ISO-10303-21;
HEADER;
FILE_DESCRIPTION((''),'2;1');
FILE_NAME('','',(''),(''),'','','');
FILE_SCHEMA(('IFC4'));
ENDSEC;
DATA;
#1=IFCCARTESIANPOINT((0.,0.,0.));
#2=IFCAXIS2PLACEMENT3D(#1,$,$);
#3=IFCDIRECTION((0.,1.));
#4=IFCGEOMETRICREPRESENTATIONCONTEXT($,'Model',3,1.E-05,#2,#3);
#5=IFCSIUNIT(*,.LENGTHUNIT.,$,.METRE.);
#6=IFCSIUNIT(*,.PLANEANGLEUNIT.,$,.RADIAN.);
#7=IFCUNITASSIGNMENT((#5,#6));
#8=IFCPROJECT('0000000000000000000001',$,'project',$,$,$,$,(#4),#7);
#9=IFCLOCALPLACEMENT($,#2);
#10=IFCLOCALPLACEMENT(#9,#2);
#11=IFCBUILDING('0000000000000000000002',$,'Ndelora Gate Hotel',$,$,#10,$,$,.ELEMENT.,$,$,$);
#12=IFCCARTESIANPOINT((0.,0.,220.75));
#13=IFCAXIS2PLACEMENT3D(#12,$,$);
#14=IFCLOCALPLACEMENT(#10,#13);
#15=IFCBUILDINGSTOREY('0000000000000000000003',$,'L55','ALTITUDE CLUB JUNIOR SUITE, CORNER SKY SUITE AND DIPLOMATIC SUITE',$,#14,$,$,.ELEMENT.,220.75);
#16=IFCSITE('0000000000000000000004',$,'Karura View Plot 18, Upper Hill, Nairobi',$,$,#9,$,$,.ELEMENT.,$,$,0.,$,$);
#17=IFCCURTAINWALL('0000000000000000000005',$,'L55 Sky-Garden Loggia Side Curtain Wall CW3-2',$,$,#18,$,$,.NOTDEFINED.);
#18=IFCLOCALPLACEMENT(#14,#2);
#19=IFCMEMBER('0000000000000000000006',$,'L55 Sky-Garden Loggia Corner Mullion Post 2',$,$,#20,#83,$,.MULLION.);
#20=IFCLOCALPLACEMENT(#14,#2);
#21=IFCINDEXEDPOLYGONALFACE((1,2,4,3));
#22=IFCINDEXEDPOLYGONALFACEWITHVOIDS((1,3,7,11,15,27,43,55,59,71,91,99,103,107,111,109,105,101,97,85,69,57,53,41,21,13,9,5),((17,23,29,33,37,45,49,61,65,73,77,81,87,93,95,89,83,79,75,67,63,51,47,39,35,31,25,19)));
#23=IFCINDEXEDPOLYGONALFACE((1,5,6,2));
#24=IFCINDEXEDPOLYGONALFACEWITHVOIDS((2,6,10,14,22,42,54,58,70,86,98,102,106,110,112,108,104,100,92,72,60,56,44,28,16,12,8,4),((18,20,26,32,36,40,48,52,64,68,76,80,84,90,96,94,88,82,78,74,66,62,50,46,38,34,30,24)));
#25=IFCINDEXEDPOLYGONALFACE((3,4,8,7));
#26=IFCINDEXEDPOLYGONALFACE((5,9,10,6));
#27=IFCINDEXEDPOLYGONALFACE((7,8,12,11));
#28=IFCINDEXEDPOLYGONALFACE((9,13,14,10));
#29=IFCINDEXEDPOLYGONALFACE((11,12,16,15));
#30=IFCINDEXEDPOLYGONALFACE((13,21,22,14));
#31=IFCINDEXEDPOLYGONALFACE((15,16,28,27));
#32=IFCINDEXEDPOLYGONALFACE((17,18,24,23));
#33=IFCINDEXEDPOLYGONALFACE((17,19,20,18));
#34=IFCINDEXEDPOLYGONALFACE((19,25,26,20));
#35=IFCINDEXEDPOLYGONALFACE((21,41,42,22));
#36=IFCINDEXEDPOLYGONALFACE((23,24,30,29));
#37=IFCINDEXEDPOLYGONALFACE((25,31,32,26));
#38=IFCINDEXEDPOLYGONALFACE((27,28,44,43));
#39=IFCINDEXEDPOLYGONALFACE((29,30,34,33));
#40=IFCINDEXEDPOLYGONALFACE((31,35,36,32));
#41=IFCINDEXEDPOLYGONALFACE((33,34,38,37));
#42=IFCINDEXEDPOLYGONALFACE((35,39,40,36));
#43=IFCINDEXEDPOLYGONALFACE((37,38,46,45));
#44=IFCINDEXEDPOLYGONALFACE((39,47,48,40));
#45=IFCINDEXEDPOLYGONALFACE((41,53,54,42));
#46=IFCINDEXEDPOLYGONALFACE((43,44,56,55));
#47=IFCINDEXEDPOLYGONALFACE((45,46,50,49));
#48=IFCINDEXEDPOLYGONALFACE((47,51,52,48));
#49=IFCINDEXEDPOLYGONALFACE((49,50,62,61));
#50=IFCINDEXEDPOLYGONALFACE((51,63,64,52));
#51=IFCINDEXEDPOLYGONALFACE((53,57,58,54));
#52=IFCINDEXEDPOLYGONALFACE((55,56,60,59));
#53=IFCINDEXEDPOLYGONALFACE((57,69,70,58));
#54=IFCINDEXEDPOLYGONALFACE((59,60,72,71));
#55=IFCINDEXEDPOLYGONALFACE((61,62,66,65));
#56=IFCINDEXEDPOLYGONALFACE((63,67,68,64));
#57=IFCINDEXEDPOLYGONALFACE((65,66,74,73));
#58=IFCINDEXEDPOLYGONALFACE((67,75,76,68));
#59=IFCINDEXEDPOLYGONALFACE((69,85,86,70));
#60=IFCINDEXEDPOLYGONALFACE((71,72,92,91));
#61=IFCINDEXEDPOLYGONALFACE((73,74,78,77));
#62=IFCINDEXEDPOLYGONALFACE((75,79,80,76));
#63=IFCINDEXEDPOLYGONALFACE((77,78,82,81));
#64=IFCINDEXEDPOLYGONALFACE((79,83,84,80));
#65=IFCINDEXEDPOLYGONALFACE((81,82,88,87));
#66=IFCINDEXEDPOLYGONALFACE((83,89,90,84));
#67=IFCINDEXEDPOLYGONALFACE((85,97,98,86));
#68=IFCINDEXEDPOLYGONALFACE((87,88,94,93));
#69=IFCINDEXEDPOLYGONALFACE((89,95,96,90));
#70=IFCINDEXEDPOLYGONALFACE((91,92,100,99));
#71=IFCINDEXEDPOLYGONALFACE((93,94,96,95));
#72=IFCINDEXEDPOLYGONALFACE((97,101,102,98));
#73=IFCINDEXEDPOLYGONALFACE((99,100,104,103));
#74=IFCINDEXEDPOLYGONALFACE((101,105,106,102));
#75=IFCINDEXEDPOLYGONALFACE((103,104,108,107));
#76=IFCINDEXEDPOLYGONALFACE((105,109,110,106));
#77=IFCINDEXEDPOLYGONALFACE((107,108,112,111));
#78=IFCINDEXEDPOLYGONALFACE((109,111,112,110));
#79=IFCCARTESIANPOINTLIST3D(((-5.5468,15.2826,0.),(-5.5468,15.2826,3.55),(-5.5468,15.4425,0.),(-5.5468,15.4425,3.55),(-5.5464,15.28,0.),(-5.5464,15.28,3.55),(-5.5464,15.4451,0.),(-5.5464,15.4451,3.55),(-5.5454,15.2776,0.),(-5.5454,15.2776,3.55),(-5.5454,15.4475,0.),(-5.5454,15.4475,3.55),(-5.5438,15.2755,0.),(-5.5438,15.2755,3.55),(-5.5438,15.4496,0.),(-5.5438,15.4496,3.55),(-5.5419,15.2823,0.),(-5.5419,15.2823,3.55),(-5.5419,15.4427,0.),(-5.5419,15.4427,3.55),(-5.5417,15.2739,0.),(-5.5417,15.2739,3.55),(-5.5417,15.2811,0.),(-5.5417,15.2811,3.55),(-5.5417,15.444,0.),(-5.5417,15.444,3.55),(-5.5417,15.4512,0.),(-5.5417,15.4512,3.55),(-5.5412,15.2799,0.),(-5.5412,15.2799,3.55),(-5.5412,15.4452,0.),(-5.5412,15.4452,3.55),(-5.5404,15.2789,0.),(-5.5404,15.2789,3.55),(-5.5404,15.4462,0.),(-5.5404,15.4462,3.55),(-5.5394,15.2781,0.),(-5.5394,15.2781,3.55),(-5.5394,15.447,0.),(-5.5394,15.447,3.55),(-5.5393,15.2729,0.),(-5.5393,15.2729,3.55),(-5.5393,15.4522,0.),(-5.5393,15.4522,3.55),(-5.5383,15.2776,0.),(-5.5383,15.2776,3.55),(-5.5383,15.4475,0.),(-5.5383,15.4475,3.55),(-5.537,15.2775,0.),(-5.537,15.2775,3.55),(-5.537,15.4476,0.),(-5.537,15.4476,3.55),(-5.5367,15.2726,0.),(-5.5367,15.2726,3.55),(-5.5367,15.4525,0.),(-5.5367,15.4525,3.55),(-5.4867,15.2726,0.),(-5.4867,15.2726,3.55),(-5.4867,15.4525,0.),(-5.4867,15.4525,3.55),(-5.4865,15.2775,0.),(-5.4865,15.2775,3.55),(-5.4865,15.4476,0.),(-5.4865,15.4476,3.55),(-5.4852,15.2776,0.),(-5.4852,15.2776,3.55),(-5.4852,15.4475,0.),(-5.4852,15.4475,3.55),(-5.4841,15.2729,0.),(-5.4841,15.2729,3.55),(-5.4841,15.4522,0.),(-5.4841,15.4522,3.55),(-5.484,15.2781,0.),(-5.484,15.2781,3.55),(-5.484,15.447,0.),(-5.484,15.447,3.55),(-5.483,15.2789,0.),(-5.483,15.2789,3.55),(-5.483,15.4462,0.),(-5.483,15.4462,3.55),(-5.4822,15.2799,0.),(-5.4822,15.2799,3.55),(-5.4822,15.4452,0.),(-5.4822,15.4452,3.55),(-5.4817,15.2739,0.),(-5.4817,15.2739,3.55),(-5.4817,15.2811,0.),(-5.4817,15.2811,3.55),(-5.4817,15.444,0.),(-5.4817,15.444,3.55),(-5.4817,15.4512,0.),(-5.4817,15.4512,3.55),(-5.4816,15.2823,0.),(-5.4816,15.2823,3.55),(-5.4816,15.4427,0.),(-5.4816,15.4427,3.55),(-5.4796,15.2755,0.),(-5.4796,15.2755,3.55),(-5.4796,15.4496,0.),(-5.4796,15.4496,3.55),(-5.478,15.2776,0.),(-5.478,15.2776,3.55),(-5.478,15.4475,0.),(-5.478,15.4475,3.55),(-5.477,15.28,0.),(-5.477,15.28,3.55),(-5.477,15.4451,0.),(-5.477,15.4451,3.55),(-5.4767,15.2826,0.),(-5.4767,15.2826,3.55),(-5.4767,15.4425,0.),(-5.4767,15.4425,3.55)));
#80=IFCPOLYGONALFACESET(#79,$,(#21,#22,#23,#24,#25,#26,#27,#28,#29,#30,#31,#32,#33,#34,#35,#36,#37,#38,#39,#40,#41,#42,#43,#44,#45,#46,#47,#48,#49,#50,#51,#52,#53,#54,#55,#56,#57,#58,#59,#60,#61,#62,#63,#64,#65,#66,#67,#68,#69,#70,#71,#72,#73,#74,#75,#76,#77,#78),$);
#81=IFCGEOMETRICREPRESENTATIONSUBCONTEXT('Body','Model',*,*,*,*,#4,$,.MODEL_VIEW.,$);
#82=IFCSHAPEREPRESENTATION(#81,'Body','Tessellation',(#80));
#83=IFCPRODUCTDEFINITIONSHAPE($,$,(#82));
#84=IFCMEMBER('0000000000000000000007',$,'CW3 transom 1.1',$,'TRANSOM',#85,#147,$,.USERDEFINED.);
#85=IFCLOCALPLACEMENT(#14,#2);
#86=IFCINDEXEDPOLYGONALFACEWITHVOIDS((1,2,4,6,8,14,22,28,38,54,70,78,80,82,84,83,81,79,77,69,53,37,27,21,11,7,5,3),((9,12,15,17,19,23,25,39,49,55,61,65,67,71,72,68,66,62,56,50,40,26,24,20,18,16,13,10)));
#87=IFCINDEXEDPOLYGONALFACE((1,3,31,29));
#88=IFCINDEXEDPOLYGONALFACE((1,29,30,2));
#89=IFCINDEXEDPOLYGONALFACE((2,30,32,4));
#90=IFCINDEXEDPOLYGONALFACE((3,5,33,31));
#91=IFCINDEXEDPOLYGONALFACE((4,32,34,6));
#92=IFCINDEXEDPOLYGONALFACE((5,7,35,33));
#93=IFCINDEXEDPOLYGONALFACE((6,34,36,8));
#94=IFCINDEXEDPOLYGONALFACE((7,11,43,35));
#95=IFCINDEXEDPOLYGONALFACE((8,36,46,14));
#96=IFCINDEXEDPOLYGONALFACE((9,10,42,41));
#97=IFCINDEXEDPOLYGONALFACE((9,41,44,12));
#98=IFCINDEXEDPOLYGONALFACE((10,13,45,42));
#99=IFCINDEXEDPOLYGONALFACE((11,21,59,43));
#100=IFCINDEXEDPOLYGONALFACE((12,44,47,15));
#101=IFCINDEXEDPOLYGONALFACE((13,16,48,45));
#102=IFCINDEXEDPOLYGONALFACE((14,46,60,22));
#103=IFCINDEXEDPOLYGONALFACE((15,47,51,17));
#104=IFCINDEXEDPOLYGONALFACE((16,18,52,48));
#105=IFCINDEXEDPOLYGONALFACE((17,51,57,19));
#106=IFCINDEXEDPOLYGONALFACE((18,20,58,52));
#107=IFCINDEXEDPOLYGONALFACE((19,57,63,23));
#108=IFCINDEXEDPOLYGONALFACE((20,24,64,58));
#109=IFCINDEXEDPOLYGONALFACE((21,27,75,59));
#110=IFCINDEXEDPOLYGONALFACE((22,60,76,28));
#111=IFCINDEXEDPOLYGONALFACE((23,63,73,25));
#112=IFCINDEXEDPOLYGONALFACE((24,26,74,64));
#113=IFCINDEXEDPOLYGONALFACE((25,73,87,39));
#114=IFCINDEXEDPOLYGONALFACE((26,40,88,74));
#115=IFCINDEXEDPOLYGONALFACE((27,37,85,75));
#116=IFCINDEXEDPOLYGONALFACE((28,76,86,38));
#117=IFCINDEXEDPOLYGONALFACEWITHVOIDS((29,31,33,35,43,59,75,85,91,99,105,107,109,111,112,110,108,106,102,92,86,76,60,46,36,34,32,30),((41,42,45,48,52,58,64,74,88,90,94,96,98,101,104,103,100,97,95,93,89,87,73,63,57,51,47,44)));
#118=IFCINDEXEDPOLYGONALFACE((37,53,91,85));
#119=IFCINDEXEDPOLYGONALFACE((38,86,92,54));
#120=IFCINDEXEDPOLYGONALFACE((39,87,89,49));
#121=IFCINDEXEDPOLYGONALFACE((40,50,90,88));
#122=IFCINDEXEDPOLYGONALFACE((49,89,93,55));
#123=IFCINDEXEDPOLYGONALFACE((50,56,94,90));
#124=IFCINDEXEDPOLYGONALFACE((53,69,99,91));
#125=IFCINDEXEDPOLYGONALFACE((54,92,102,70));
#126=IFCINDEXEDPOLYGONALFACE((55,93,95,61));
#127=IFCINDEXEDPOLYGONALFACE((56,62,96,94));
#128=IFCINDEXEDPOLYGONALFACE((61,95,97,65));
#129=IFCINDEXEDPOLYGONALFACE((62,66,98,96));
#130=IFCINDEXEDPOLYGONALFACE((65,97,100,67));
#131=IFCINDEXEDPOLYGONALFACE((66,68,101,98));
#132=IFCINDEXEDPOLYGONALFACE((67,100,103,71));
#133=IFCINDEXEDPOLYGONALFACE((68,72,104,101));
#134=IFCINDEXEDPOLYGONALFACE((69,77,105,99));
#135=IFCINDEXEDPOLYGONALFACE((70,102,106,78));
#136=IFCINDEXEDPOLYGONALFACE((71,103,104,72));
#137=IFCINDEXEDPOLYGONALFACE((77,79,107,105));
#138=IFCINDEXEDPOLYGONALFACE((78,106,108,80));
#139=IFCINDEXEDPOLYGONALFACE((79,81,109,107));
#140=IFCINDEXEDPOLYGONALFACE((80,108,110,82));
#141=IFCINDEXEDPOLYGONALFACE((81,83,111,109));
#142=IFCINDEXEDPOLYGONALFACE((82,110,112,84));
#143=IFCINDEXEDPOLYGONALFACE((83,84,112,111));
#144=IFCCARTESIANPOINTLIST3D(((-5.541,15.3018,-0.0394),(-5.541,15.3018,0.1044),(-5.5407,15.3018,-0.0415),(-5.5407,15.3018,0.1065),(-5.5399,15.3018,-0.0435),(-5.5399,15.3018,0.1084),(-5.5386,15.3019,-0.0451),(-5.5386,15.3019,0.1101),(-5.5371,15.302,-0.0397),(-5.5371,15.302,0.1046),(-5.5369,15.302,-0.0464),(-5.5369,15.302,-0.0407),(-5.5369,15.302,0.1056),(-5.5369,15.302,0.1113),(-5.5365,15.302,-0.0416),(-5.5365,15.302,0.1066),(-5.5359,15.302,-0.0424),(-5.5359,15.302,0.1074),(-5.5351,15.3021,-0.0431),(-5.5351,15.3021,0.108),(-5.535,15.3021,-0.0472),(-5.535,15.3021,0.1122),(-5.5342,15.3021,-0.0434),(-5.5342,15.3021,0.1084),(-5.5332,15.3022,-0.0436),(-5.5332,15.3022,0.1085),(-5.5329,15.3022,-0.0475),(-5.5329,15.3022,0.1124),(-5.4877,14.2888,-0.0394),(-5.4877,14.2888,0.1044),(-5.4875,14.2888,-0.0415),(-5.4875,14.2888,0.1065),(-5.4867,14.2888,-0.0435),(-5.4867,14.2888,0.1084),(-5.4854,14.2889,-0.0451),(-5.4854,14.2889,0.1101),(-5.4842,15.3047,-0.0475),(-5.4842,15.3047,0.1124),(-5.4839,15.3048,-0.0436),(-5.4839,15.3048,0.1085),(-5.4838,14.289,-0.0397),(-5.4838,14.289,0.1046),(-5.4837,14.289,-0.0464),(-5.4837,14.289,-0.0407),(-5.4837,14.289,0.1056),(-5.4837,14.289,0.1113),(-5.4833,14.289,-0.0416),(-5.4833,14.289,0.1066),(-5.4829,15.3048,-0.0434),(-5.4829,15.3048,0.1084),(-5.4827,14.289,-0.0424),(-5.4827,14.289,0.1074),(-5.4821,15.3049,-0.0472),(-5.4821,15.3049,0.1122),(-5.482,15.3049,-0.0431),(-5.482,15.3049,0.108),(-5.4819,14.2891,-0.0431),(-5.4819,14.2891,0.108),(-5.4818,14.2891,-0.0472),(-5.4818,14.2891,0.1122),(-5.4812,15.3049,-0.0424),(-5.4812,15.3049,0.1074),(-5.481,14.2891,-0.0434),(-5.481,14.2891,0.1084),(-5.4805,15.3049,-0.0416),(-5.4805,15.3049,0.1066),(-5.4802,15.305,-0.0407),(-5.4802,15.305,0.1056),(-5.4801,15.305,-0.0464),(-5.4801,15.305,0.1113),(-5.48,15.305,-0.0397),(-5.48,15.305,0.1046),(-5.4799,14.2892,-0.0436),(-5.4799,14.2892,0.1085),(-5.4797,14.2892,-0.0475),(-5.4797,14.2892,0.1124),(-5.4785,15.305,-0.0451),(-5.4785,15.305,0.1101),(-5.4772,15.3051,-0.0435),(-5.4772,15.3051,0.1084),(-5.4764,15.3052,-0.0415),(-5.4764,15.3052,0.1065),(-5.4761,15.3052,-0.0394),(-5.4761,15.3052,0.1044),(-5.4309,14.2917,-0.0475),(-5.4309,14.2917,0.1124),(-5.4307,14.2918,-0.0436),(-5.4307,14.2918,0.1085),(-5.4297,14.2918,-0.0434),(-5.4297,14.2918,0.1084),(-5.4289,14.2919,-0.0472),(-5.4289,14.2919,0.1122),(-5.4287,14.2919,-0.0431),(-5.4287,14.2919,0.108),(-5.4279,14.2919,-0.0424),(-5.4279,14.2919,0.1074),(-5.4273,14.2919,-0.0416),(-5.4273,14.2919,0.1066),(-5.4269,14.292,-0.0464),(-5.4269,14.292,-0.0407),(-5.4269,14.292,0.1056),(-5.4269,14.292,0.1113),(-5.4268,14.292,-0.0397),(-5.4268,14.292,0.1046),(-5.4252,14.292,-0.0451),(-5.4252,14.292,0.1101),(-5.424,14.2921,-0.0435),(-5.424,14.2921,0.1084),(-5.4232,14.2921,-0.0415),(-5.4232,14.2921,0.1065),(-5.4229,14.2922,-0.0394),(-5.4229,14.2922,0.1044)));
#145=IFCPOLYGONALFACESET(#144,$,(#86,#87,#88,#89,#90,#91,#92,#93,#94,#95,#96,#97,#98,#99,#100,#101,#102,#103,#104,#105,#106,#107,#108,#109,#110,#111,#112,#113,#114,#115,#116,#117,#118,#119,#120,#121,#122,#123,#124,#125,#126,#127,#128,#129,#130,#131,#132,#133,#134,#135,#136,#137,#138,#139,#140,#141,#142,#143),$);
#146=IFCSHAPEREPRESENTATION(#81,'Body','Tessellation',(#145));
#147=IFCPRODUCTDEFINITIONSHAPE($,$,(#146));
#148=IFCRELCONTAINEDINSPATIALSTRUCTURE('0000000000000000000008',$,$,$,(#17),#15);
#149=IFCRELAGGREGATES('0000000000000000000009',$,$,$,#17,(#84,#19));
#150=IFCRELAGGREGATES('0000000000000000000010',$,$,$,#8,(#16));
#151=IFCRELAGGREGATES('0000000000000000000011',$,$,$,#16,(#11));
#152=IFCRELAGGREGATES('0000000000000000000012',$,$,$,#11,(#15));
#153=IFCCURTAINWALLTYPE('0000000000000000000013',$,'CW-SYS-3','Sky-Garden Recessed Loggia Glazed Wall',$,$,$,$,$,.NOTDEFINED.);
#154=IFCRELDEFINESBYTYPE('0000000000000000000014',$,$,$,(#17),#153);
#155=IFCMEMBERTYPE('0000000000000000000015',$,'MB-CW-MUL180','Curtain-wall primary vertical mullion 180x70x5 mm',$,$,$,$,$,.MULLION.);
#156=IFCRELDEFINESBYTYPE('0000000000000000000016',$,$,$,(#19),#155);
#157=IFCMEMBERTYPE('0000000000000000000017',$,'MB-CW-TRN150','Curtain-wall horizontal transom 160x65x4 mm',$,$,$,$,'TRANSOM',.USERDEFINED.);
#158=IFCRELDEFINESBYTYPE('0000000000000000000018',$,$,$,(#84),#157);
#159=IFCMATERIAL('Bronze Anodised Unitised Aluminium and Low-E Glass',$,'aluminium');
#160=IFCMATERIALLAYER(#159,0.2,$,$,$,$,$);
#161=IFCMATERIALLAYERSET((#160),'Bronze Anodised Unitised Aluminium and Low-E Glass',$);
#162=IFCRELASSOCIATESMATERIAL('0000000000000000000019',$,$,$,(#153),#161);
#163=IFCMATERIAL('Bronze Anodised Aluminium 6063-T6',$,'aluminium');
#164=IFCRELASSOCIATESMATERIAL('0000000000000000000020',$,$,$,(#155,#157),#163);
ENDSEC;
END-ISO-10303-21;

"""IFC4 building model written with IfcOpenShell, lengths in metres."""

from ifc_helpers import new_model, si_unit, direction, frame, origin, origin_2d, place, context, subcontext, project, spatial, hollow_rectangle, extrude, material, layer, layer_set, material_profile, profile_set, type_object, element, aggregate, save


model = new_model("IFC4")

# Units and contexts
model_context = context("Model", 3, precision=1e-05, world=origin(), true_north=direction((0.0, 1.0)))
body_context = subcontext(model_context, "Body", "Model", "MODEL_VIEW")
ifc_project = project(units=[si_unit("LENGTHUNIT", "METRE"), si_unit("PLANEANGLEUNIT", "RADIAN")], contexts=[model_context])

# Site, building, storey
site_placement = place(None, origin())
site = spatial("IfcSite", under=ifc_project, at=site_placement, Name="Karura View Plot 18, Upper Hill, Nairobi", CompositionType="ELEMENT", RefElevation=0.0)
building_placement = place(site_placement, origin())
building = spatial("IfcBuilding", under=site, at=building_placement, Name="Ndelora Gate Hotel", CompositionType="ELEMENT")
storey_placement = place(building_placement, frame((0.0, 0.0, 220.75)))
storey = spatial("IfcBuildingStorey", under=building, at=storey_placement, Name="L55", Description="ALTITUDE CLUB JUNIOR SUITE, CORNER SKY SUITE AND DIPLOMATIC SUITE", CompositionType="ELEMENT", Elevation=220.75)

# Curtain wall, members
ifc_material_1 = material(Name="Bronze Anodised Unitised Aluminium and Low-E Glass", Category="aluminium")
ifc_layer_1 = layer(ifc_material_1, 0.2)
ifc_layer_set_1 = layer_set([ifc_layer_1], Name="Bronze Anodised Unitised Aluminium and Low-E Glass")
curtain_wall_type = type_object("IfcCurtainWallType", Name="CW-SYS-3", Description="Sky-Garden Recessed Loggia Glazed Wall", PredefinedType="NOTDEFINED", material=ifc_layer_set_1)
curtain_wall_placement = place(storey_placement, origin())
curtain_wall = element("IfcCurtainWall", 1, at=curtain_wall_placement, inside=storey, type_object=curtain_wall_type, Name="L55 Sky-Garden Loggia Side Curtain Wall CW3-2", PredefinedType="NOTDEFINED")
ifc_material_2 = material(Name="Bronze Anodised Aluminium 6063-T6", Category="aluminium")
ifc_material_profile_1 = material_profile(ifc_material_2, hollow_rectangle(XDim=0.0701, YDim=0.1799, WallThickness=0.0049, InnerFilletRadius=0.0049, OuterFilletRadius=0.01, at=origin_2d()), Name="ALU 180x70x5")
ifc_profile_set_1 = profile_set([ifc_material_profile_1], Name="Bronze Anodised Aluminium 6063-T6")
member_type_1 = type_object("IfcMemberType", Name="MB-CW-MUL180", Description="Curtain-wall primary vertical mullion 180x70x5 mm", PredefinedType="MULLION", material=ifc_profile_set_1)
member_1_placement = place(storey_placement, frame((-5.5117, 15.3625, 0.0), z_axis=(0.0, 0.0, 1.0), x_axis=(1.0, 0.0, 0.0)))
member_1 = element("IfcMember", 2, at=member_1_placement, type_object=member_type_1, Name="L55 Sky-Garden Loggia Corner Mullion Post 2", PredefinedType="MULLION", context=body_context, shape_type="SweptSolid", body=[
    extrude(hollow_rectangle(XDim=0.0701, YDim=0.1799, WallThickness=0.0049, InnerFilletRadius=0.0049, OuterFilletRadius=0.01, at=origin_2d()), origin(), (0.0, 0.0, 1.0), 3.55),
])
ifc_material_profile_2 = material_profile(ifc_material_2, hollow_rectangle(XDim=0.0649, YDim=0.1599, WallThickness=0.0039, InnerFilletRadius=0.0039, OuterFilletRadius=0.0081, at=origin_2d()), Name="ALU 160x65x4")
ifc_profile_set_2 = profile_set([ifc_material_profile_2], Name="Bronze Anodised Aluminium 6063-T6")
member_type_2 = type_object("IfcMemberType", Name="MB-CW-TRN150", Description="Curtain-wall horizontal transom 160x65x4 mm", ElementType="TRANSOM", PredefinedType="USERDEFINED", material=ifc_profile_set_2)
member_2_placement = place(storey_placement, frame((-5.5085, 15.3035, 0.0325), z_axis=(0.05247, -0.998622, 0.0), x_axis=(0.998622, 0.05247, 0.0)))
member_2 = element("IfcMember", 3, at=member_2_placement, type_object=member_type_2, Name="CW3 transom 1.1", ObjectType="TRANSOM", PredefinedType="USERDEFINED", context=body_context, shape_type="SweptSolid", body=[
    extrude(hollow_rectangle(XDim=0.0649, YDim=0.1599, WallThickness=0.0039, InnerFilletRadius=0.0039, OuterFilletRadius=0.0081, at=origin_2d()), origin(), (0.0, 0.0, 1.0), 1.0144),
])
aggregate(curtain_wall, [member_2, member_1])

save(model, "model.ifc")
